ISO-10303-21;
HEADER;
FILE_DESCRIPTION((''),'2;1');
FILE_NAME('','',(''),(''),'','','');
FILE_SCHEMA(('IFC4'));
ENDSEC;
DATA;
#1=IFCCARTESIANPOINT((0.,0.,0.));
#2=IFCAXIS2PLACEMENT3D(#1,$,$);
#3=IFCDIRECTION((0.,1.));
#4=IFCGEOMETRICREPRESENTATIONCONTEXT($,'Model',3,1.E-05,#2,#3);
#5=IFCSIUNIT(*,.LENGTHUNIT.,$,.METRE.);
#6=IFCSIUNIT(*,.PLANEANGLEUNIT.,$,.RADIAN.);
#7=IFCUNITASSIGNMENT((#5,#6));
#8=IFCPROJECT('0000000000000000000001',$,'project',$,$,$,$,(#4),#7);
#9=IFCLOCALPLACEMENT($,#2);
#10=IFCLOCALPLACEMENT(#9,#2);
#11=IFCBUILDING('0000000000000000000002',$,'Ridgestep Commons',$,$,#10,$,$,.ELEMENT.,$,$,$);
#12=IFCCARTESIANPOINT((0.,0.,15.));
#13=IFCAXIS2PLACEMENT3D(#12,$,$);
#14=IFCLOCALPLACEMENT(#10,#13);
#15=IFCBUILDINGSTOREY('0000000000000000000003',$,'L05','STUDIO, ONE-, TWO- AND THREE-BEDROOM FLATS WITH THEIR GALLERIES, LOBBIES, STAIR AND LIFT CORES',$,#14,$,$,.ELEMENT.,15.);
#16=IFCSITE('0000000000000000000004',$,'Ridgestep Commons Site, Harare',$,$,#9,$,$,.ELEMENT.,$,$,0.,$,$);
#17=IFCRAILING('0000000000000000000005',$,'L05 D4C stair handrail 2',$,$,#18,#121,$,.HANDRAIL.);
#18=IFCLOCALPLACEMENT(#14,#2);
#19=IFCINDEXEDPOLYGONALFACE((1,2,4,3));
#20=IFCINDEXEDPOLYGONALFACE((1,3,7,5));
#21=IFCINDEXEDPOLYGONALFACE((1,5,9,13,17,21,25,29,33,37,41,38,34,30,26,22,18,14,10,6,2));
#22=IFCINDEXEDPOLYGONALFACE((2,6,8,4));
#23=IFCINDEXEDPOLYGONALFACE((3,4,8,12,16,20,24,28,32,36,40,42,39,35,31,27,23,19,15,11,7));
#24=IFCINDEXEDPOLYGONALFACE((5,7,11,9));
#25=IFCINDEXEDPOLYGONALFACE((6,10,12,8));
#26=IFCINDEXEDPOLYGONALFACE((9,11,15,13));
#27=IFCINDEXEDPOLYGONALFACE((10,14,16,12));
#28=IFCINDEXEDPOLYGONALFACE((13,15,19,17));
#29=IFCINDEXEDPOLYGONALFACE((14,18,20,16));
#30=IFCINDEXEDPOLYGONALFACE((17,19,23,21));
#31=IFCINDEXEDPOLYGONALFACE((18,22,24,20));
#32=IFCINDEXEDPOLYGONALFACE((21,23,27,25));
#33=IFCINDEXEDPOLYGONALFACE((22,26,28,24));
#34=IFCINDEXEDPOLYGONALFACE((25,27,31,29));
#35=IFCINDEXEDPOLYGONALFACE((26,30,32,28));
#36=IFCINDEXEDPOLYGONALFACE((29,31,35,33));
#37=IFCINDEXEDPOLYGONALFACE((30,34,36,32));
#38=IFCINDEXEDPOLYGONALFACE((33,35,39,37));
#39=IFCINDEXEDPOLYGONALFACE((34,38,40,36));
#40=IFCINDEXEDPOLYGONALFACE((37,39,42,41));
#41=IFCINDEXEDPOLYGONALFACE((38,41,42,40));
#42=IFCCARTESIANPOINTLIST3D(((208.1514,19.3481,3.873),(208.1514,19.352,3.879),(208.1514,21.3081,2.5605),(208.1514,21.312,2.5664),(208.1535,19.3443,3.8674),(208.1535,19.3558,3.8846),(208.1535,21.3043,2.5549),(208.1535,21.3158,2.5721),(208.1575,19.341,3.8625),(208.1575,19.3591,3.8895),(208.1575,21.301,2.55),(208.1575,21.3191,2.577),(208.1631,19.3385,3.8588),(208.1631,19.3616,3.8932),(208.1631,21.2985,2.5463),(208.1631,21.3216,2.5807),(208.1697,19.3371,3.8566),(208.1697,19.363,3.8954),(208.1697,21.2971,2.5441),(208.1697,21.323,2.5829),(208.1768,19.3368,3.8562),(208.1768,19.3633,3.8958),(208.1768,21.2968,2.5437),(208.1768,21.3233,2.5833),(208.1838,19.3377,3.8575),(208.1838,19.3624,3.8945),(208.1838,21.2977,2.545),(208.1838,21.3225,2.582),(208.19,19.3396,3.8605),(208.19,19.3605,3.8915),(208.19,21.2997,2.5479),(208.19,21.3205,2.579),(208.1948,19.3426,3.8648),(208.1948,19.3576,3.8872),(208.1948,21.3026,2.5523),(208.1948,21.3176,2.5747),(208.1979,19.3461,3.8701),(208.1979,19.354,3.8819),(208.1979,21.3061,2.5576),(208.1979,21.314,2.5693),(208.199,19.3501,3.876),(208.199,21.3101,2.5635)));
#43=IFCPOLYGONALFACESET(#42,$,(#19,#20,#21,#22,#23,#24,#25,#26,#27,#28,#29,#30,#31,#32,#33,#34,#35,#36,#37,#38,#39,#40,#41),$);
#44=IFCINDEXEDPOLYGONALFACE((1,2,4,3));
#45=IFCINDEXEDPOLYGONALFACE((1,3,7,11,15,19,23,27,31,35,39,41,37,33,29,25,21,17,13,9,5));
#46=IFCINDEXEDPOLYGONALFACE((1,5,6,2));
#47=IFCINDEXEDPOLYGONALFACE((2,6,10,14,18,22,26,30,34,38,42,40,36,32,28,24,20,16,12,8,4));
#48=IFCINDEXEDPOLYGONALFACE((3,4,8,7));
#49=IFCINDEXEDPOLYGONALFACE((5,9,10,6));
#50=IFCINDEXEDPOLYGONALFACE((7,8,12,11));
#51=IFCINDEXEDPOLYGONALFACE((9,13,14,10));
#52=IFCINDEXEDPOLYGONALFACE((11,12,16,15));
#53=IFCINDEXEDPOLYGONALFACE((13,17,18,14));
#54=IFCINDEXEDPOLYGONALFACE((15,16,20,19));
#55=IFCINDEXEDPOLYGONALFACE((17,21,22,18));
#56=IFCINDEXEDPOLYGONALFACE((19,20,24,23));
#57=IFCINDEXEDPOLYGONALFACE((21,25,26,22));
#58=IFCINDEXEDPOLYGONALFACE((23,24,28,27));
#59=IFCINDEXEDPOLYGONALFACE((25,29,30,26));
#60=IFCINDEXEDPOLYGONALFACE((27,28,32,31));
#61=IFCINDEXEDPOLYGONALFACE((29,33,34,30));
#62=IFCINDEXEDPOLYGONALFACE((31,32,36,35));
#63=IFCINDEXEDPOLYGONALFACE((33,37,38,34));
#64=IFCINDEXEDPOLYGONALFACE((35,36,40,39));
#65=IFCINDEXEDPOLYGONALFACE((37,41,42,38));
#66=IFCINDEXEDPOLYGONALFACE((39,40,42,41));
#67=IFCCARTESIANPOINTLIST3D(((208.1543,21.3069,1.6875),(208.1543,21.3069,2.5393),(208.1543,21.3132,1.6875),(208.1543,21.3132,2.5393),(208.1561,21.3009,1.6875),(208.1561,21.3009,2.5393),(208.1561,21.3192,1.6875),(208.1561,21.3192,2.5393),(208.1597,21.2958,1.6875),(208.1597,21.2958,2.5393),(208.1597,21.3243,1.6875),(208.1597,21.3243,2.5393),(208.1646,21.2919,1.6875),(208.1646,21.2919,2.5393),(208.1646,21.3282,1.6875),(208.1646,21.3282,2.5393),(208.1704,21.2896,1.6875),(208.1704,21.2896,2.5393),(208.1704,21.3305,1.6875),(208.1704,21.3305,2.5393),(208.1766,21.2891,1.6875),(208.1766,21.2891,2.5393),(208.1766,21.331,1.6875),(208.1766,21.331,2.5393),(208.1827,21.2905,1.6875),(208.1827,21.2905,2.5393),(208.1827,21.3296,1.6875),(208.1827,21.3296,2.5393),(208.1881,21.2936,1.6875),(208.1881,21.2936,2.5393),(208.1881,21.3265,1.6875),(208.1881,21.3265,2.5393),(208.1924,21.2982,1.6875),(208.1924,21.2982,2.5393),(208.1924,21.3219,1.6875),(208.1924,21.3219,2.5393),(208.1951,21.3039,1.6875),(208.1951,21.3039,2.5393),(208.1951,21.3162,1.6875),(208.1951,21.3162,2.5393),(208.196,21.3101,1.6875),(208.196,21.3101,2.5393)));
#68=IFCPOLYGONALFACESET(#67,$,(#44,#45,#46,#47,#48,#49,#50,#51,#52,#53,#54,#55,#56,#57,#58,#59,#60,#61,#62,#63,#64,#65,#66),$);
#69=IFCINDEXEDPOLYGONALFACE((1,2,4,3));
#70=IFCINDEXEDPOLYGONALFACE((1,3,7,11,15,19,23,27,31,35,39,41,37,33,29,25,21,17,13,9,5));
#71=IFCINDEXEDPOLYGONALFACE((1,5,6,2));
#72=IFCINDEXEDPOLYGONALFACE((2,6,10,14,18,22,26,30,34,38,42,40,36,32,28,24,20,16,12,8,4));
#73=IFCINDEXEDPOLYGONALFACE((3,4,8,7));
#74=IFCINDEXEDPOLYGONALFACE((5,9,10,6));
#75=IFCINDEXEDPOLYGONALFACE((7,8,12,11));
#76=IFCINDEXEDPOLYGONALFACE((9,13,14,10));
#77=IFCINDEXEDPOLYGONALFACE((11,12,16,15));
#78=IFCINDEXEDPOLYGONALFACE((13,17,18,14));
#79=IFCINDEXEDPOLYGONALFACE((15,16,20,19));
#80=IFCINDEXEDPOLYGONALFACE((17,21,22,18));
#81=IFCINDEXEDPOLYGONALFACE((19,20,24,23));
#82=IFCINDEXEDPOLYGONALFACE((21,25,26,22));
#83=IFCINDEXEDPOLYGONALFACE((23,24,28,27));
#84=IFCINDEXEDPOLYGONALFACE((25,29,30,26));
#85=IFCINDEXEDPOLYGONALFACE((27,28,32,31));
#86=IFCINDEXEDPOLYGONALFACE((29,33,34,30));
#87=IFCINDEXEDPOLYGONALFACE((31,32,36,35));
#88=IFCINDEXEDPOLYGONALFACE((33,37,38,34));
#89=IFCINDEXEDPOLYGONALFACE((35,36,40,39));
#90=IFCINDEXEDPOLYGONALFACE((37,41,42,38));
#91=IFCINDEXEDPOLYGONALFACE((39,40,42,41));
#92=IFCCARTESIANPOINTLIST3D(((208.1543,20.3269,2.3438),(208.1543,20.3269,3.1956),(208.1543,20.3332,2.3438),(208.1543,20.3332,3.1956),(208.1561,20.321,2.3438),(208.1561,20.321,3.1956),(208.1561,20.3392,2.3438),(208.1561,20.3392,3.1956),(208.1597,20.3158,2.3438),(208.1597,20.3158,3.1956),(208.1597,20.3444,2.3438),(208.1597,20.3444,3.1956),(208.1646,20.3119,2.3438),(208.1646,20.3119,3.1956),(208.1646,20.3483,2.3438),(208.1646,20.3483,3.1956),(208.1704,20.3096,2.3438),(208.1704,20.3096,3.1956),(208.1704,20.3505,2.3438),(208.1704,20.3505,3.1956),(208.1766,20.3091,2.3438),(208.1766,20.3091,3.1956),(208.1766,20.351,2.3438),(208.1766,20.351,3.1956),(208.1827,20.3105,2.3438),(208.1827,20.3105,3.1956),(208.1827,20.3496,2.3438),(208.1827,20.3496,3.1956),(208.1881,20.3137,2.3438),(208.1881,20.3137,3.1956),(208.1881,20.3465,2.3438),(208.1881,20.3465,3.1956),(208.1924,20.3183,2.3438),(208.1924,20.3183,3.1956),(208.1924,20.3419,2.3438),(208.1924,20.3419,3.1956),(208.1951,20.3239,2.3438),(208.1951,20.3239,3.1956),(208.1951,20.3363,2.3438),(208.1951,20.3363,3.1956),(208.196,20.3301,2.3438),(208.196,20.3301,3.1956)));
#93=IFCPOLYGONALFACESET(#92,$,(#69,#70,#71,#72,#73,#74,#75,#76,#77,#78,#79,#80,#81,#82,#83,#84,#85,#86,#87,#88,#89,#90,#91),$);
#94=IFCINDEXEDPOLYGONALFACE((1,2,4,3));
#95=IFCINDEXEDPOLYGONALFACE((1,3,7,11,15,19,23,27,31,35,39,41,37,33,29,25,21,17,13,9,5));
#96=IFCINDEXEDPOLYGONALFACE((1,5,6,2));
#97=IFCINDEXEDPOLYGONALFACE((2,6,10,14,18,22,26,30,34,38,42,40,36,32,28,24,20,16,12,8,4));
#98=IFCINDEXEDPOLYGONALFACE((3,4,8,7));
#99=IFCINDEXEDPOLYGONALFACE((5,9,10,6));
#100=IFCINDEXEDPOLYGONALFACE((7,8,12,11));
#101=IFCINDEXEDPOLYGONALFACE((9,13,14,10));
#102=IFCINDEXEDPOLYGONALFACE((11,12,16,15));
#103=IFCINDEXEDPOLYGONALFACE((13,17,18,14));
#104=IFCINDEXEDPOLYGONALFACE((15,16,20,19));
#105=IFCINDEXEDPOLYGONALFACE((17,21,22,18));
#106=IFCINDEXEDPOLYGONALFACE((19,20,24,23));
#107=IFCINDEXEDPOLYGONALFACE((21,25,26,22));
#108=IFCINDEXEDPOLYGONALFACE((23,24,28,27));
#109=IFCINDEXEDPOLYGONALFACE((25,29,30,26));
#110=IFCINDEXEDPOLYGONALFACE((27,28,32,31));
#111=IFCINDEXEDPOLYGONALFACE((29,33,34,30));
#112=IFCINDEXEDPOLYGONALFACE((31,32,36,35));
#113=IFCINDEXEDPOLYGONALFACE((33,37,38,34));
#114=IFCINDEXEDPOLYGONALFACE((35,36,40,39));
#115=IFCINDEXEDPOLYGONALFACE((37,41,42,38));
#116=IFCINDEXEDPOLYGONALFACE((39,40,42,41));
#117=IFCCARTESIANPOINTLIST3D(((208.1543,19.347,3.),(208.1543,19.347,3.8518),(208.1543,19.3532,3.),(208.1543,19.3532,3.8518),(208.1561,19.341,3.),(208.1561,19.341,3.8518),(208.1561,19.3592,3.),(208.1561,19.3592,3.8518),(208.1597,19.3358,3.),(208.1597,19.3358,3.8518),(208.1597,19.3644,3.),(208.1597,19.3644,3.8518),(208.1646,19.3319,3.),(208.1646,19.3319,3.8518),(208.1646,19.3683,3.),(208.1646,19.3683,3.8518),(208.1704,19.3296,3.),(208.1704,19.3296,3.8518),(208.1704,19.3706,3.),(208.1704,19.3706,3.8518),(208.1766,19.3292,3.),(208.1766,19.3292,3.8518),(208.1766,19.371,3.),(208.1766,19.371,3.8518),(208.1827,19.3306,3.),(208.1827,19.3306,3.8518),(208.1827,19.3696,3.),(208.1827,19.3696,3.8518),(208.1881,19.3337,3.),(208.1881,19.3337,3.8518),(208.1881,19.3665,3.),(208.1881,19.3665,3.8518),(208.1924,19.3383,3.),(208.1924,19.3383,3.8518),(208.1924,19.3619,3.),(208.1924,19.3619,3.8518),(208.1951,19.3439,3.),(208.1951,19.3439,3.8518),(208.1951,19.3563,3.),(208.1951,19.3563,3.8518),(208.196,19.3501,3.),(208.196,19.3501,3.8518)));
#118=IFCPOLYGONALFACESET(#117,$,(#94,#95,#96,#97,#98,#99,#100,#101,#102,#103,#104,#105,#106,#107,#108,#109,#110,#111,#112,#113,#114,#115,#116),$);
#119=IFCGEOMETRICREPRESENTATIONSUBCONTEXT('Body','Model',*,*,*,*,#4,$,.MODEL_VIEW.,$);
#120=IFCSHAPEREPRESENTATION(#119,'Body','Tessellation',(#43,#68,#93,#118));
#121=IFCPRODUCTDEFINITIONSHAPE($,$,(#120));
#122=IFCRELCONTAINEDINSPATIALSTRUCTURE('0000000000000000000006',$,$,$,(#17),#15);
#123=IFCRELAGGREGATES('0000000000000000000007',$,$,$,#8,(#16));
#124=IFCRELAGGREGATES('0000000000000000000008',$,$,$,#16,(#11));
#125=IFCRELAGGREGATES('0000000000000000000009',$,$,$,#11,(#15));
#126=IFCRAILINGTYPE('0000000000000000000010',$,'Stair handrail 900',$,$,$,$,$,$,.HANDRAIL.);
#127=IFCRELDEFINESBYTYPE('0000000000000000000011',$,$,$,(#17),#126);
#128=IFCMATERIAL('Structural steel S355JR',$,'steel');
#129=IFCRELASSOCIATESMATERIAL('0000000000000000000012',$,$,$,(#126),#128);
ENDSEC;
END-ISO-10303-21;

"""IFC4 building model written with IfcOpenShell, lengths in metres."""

from ifc_helpers import new_model, si_unit, direction, frame, origin, origin_2d, place, context, subcontext, project, spatial, circle, extrude, material, type_object, element, save


model = new_model("IFC4")

# Units and contexts
model_context = context("Model", 3, precision=1e-05, world=origin(), true_north=direction((0.0, 1.0)))
body_context = subcontext(model_context, "Body", "Model", "MODEL_VIEW")
ifc_project = project(units=[si_unit("LENGTHUNIT", "METRE"), si_unit("PLANEANGLEUNIT", "RADIAN")], contexts=[model_context])

# Site, building, storey
site_placement = place(None, origin())
site = spatial("IfcSite", under=ifc_project, at=site_placement, Name="Ridgestep Commons Site, Harare", CompositionType="ELEMENT", RefElevation=0.0)
building_placement = place(site_placement, origin())
building = spatial("IfcBuilding", under=site, at=building_placement, Name="Ridgestep Commons", CompositionType="ELEMENT")
storey_placement = place(building_placement, frame((0.0, 0.0, 15.0)))
storey = spatial("IfcBuildingStorey", under=building, at=storey_placement, Name="L05", Description="STUDIO, ONE-, TWO- AND THREE-BEDROOM FLATS WITH THEIR GALLERIES, LOBBIES, STAIR AND LIFT CORES", CompositionType="ELEMENT", Elevation=15.0)

# Railing
ifc_material_1 = material(Name="Structural steel S355JR", Category="steel")
railing_type_1 = type_object("IfcRailingType", Name="Stair handrail 900", PredefinedType="HANDRAIL", material=ifc_material_1)
railing_1_placement = place(storey_placement, frame((208.175, 21.3101, 1.6875)))
element("IfcRailing", 1, at=railing_1_placement, inside=storey, type_object=railing_type_1, Name="L05 D4C stair handrail 2", PredefinedType="HANDRAIL", context=body_context, shape_type="SweptSolid", body=[
    extrude(circle(Radius=0.0239, at=origin_2d()), frame((0.0, 0.0, 0.876), z_axis=(0.0, -0.830902, 0.556419), x_axis=(1.0, 0.0, 0.0)), (0.0, 0.0, 1.0), 2.3589),
    extrude(circle(Radius=0.021, at=origin_2d()), origin(), (0.0, 0.0, 1.0), 0.8518),
    extrude(circle(Radius=0.021, at=origin_2d()), frame((0.0, -0.98, 0.6562)), (0.0, 0.0, 1.0), 0.8518),
    extrude(circle(Radius=0.021, at=origin_2d()), frame((0.0, -1.96, 1.3125)), (0.0, 0.0, 1.0), 0.8518),
])

save(model, "model.ifc")
